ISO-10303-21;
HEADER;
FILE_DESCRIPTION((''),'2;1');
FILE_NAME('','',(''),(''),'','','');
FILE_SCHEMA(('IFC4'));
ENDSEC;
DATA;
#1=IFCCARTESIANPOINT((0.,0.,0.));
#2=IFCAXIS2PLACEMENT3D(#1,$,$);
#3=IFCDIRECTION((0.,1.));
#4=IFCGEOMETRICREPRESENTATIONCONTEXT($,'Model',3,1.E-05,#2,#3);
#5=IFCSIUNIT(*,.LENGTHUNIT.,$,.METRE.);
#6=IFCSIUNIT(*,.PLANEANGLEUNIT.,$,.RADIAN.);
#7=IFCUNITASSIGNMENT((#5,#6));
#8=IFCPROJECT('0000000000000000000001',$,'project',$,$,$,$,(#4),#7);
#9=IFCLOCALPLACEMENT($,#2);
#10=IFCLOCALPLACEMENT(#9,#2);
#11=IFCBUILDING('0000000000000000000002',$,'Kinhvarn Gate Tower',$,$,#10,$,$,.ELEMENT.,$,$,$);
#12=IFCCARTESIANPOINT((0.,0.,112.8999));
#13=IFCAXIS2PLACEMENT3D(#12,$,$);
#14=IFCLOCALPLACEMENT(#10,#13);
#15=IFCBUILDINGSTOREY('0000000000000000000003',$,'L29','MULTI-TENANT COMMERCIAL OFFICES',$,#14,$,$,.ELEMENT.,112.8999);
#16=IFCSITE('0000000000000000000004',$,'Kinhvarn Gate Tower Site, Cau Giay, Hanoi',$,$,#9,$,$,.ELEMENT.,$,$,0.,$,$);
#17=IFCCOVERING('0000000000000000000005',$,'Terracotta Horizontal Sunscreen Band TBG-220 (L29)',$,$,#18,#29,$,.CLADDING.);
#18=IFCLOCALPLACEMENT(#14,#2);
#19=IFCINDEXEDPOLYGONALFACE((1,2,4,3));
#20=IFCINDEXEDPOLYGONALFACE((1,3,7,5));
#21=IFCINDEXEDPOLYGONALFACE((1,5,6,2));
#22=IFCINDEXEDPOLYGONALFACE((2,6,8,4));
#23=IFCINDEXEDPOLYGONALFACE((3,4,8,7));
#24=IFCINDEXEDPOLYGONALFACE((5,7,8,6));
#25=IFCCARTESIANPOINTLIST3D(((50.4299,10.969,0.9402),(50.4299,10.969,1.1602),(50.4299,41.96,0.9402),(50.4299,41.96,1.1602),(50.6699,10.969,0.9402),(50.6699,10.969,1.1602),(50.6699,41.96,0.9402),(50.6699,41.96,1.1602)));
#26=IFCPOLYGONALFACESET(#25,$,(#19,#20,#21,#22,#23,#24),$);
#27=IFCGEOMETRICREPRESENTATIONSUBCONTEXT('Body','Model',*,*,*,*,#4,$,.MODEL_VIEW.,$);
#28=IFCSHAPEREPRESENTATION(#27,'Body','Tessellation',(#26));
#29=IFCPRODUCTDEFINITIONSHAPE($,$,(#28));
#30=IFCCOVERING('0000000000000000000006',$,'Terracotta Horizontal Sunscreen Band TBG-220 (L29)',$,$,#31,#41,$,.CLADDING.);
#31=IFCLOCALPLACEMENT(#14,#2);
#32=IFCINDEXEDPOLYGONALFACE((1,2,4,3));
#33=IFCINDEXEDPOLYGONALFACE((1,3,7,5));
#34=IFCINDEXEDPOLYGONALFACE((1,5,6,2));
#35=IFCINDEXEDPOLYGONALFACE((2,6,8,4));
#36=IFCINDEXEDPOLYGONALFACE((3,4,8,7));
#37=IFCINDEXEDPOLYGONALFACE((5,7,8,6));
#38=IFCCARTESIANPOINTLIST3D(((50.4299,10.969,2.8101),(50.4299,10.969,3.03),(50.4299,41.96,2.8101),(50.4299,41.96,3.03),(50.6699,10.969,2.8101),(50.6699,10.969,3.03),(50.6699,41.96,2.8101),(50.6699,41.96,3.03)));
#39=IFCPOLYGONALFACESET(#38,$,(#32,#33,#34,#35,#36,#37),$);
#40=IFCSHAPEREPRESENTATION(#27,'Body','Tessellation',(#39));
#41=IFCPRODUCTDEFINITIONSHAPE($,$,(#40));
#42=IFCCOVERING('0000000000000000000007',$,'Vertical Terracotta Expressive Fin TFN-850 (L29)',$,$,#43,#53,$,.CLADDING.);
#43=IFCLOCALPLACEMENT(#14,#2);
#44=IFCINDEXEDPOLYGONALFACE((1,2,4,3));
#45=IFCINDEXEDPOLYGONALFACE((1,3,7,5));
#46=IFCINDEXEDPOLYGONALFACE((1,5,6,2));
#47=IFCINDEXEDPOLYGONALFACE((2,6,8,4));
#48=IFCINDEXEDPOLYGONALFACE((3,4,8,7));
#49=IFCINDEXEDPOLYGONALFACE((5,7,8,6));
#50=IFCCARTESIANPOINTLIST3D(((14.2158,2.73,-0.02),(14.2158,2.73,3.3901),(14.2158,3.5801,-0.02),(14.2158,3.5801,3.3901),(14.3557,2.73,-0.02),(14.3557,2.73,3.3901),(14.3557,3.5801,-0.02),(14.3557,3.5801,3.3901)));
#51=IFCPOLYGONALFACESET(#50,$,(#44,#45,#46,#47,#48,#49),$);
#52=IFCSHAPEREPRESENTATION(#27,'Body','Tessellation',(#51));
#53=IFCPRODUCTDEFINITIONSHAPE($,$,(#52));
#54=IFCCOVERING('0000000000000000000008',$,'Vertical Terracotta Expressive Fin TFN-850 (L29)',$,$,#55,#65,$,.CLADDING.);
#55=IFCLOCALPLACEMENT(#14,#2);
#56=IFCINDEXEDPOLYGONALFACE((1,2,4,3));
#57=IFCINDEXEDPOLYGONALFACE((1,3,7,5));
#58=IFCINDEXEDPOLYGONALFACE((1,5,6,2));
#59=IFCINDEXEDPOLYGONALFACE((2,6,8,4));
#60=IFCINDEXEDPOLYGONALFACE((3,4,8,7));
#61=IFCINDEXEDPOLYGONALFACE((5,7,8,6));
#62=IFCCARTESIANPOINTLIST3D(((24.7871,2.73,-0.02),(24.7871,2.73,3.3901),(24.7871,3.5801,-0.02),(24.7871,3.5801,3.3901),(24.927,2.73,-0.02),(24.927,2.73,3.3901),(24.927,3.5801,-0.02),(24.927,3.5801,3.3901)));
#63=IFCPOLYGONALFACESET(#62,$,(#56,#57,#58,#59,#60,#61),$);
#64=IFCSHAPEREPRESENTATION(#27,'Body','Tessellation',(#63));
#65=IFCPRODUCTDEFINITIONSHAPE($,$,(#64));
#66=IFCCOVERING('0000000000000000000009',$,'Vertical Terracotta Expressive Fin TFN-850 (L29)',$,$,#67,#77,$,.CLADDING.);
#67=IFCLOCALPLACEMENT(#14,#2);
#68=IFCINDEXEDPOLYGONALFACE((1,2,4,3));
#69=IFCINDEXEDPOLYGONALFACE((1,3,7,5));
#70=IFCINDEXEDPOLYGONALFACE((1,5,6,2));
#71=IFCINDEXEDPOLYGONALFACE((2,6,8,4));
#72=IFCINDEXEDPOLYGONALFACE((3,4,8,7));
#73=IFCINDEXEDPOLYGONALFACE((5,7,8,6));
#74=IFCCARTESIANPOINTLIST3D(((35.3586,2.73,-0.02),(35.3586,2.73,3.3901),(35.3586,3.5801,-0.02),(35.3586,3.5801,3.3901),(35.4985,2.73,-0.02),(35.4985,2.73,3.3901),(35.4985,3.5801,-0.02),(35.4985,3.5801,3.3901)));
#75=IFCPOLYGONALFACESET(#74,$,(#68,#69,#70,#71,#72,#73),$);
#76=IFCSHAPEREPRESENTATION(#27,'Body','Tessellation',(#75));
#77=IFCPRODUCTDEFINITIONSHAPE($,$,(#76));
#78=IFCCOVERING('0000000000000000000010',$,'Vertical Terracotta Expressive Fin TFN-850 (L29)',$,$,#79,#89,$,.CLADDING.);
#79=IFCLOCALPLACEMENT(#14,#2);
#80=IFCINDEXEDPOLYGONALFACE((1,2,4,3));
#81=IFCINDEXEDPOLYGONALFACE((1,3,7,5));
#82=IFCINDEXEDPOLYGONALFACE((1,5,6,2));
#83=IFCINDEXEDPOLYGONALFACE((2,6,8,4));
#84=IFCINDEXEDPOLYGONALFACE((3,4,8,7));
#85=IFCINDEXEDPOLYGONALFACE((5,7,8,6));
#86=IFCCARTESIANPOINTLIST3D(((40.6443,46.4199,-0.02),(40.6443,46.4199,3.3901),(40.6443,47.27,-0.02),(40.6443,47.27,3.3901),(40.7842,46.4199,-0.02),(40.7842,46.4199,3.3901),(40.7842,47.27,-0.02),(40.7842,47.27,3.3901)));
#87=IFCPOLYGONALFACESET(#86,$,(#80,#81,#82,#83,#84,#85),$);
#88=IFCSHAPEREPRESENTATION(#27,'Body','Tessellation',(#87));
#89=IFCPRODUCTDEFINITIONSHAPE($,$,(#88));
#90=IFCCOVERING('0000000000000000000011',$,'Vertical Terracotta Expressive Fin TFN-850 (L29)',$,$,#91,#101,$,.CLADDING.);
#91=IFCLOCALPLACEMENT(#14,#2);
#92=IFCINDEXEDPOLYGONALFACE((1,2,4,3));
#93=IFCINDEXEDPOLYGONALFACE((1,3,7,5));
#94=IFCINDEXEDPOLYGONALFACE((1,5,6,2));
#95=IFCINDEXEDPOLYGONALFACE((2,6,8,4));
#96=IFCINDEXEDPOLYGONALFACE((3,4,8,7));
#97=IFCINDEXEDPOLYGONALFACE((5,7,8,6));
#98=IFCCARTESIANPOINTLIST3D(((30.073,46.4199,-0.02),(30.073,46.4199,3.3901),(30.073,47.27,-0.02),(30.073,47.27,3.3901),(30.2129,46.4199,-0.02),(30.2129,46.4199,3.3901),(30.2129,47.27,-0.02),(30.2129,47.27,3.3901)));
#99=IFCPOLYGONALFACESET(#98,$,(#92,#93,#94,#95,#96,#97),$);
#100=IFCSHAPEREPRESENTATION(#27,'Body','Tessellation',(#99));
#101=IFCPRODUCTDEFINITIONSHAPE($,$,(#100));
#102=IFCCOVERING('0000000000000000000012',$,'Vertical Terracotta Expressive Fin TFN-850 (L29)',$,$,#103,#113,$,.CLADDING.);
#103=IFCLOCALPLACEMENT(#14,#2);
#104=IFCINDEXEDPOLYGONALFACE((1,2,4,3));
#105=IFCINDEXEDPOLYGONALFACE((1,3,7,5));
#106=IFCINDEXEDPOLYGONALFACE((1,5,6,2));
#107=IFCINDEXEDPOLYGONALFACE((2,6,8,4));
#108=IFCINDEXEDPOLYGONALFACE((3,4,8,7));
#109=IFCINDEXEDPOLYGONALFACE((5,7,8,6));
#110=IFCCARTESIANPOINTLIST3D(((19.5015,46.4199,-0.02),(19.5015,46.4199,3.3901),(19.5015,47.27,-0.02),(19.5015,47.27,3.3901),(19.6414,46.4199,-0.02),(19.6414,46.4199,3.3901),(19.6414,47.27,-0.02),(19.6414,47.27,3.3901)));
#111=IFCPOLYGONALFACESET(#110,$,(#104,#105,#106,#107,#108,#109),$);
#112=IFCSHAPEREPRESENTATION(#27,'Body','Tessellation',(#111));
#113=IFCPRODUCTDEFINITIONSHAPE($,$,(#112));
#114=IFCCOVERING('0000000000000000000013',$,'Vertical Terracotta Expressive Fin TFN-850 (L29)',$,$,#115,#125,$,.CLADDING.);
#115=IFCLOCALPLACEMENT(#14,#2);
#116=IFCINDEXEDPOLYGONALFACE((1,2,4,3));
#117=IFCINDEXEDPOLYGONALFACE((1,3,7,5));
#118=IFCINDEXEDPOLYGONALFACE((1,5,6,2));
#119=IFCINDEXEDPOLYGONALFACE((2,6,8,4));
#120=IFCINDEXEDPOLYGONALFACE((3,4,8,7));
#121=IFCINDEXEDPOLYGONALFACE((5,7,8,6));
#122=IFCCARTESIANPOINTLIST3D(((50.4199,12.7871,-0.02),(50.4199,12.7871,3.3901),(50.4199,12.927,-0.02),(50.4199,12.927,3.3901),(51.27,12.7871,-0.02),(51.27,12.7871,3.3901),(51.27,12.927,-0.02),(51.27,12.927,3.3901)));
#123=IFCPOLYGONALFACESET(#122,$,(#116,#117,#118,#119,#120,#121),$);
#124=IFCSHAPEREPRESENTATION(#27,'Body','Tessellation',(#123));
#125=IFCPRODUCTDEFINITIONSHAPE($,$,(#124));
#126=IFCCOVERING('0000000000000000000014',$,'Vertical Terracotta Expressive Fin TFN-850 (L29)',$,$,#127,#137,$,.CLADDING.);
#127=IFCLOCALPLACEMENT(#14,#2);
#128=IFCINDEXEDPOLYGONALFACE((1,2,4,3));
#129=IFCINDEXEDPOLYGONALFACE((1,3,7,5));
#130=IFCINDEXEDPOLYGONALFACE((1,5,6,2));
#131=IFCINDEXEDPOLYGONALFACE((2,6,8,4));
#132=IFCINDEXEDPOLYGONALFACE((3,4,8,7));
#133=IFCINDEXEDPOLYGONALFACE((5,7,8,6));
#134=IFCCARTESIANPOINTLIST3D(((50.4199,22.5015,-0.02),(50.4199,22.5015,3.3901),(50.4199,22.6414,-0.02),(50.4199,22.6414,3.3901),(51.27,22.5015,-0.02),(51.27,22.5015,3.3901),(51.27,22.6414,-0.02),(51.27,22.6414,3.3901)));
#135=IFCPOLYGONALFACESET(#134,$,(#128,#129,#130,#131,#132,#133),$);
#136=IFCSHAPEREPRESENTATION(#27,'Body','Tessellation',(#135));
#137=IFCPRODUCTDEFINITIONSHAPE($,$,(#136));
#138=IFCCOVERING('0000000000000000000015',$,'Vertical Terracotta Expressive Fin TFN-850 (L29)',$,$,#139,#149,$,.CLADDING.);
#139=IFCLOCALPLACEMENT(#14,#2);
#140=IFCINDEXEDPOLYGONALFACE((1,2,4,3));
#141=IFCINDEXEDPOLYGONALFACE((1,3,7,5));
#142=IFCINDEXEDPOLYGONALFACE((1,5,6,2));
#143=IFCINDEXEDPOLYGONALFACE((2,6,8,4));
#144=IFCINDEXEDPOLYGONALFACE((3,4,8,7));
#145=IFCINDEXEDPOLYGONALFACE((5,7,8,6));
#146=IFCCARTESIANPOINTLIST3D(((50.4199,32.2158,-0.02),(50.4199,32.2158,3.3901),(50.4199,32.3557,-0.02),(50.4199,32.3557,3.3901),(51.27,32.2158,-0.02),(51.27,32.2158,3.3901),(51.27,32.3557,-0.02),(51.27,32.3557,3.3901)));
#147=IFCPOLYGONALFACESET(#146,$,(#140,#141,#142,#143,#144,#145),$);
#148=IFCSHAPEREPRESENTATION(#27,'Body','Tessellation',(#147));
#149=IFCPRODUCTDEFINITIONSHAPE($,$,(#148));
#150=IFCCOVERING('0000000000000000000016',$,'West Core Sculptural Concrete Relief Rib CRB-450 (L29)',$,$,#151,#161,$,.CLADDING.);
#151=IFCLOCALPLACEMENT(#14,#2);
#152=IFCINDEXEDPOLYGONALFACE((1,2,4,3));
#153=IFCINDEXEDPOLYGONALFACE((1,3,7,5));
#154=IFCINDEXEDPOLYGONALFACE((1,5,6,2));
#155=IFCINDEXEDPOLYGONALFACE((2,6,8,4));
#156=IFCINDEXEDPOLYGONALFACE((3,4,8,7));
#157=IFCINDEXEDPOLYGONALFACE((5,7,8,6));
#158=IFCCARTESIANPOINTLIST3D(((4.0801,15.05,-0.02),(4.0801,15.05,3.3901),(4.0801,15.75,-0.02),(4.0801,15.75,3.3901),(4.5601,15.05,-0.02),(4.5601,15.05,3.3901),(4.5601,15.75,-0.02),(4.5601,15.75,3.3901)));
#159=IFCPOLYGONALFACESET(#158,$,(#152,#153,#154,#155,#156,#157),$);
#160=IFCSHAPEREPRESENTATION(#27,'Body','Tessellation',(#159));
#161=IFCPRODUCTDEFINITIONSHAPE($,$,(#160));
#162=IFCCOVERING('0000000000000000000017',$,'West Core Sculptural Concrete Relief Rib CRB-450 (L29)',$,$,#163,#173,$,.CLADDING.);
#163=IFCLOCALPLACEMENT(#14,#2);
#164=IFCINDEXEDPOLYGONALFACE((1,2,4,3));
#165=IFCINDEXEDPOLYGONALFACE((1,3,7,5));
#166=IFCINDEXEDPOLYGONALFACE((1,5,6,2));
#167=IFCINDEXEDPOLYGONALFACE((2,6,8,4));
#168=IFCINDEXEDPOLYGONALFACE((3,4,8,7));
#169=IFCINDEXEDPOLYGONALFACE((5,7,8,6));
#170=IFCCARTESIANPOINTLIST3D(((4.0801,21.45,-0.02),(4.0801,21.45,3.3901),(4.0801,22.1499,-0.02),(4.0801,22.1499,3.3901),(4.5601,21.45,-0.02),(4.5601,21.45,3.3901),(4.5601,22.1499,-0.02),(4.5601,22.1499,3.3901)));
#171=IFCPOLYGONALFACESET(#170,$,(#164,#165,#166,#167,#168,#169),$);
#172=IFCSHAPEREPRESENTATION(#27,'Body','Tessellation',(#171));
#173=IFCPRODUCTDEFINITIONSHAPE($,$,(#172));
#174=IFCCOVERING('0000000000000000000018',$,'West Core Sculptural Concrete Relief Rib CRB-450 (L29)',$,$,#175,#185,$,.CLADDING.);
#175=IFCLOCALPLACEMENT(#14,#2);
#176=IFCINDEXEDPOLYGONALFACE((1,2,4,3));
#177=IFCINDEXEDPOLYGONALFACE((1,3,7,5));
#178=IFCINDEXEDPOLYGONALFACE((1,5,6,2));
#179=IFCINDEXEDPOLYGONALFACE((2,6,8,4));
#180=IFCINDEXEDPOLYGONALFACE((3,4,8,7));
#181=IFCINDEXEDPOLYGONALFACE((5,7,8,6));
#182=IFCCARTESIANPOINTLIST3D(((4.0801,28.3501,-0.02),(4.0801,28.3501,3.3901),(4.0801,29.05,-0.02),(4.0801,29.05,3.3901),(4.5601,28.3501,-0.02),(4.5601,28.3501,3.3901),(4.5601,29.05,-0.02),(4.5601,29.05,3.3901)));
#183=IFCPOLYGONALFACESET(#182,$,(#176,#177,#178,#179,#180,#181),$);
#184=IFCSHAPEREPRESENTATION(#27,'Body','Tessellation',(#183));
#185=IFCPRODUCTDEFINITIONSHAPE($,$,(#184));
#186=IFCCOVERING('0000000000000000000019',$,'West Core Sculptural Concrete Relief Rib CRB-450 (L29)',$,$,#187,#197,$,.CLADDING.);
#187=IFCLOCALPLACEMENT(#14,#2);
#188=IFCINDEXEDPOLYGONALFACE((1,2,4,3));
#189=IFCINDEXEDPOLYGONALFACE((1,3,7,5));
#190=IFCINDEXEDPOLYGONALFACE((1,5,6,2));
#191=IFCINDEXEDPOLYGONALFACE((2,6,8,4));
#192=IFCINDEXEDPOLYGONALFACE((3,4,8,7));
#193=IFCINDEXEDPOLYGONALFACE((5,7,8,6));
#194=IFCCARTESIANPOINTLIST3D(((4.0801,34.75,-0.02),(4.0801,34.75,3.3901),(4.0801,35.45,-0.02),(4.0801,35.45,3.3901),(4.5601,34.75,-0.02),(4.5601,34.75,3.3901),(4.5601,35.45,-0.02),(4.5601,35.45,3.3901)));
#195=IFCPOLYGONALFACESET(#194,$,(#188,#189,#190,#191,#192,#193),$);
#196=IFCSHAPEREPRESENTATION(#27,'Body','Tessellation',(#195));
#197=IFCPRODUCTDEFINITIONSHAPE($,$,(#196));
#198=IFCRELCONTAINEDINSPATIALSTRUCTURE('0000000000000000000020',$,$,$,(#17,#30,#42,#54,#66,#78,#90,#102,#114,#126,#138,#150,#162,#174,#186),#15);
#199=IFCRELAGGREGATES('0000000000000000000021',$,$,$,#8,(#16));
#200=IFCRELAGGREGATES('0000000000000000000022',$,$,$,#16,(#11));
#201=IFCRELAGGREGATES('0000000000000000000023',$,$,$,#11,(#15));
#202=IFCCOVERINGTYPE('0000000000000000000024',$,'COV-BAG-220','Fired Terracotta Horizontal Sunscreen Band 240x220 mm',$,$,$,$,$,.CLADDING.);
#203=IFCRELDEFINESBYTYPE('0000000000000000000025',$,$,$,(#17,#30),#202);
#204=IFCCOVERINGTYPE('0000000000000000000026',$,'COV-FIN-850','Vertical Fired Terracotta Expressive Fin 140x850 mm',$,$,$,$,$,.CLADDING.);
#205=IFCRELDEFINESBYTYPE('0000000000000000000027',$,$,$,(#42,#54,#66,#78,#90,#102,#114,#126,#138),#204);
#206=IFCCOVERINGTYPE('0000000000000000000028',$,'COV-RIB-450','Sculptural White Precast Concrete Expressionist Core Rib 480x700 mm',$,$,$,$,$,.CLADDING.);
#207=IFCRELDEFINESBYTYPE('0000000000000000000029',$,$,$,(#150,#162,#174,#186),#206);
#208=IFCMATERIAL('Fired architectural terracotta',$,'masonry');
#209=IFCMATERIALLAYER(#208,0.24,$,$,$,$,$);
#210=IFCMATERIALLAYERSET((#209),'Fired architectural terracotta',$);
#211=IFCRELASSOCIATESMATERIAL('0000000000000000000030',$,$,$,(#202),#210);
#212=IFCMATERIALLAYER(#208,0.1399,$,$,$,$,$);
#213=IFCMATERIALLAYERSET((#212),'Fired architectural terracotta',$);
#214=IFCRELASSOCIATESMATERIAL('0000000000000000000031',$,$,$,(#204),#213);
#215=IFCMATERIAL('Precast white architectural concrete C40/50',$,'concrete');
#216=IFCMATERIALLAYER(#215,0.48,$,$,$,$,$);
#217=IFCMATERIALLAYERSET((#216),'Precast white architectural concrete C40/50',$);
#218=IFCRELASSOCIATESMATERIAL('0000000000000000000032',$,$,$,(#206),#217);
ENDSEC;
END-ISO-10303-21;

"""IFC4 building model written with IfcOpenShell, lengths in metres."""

from ifc_helpers import new_model, si_unit, direction, frame, origin, place, context, subcontext, project, spatial, polyline, outline, extrude, material, layer, layer_set, type_object, element, save


model = new_model("IFC4")

# Units and contexts
model_context = context("Model", 3, precision=1e-05, world=origin(), true_north=direction((0.0, 1.0)))
body_context = subcontext(model_context, "Body", "Model", "MODEL_VIEW")
ifc_project = project(units=[si_unit("LENGTHUNIT", "METRE"), si_unit("PLANEANGLEUNIT", "RADIAN")], contexts=[model_context])

# Site, building, storey
site_placement = place(None, origin())
site = spatial("IfcSite", under=ifc_project, at=site_placement, Name="Kinhvarn Gate Tower Site, Cau Giay, Hanoi", CompositionType="ELEMENT", RefElevation=0.0)
building_placement = place(site_placement, origin())
building = spatial("IfcBuilding", under=site, at=building_placement, Name="Kinhvarn Gate Tower", CompositionType="ELEMENT")
storey_placement = place(building_placement, frame((0.0, 0.0, 112.8999)))
storey = spatial("IfcBuildingStorey", under=building, at=storey_placement, Name="L29", Description="MULTI-TENANT COMMERCIAL OFFICES", CompositionType="ELEMENT", Elevation=112.8999)

# Shared definitions
ifc_material_1 = material(Name="Precast white architectural concrete C40/50", Category="concrete")

# Coverings
ifc_material_2 = material(Name="Fired architectural terracotta", Category="masonry")
ifc_layer_1 = layer(ifc_material_2, 0.24)
ifc_layer_set_1 = layer_set([ifc_layer_1], Name="Fired architectural terracotta")
covering_type_1 = type_object("IfcCoveringType", Name="COV-BAG-220", Description="Fired Terracotta Horizontal Sunscreen Band 240x220 mm", PredefinedType="CLADDING", material=ifc_layer_set_1)
for number, where, name in (
    (1, (0.0, 0.0, 0.9402), "Terracotta Horizontal Sunscreen Band TBG-220 (L29)"),
    (2, (0.0, 0.0, 2.8101), "Terracotta Horizontal Sunscreen Band TBG-220 (L29)"),
):
    element("IfcCovering", number, at=place(storey_placement, frame(where)), inside=storey, type_object=covering_type_1, Name=name, PredefinedType="CLADDING", context=body_context, shape_type="SweptSolid", body=[
        extrude(outline(polyline([(50.4299, 10.969), (50.4299, 41.96), (50.6699, 41.96), (50.6699, 10.969), (50.4299, 10.969)])), origin(), (0.0, 0.0, 1.0), 0.22),
    ])
ifc_layer_2 = layer(ifc_material_2, 0.1399)
ifc_layer_set_2 = layer_set([ifc_layer_2], Name="Fired architectural terracotta")
covering_type_2 = type_object("IfcCoveringType", Name="COV-FIN-850", Description="Vertical Fired Terracotta Expressive Fin 140x850 mm", PredefinedType="CLADDING", material=ifc_layer_set_2)
covering_1_placement = place(storey_placement, frame((0.0, 0.0, -0.02)))
element("IfcCovering", 3, at=covering_1_placement, inside=storey, type_object=covering_type_2, Name="Vertical Terracotta Expressive Fin TFN-850 (L29)", PredefinedType="CLADDING", context=body_context, shape_type="SweptSolid", body=[
    extrude(outline(polyline([(14.2158, 3.5801), (14.3557, 3.5801), (14.3557, 2.73), (14.2158, 2.73), (14.2158, 3.5801)])), origin(), (0.0, 0.0, 1.0), 3.4102),
])
covering_2_placement = place(storey_placement, frame((0.0, 0.0, -0.02)))
element("IfcCovering", 4, at=covering_2_placement, inside=storey, type_object=covering_type_2, Name="Vertical Terracotta Expressive Fin TFN-850 (L29)", PredefinedType="CLADDING", context=body_context, shape_type="SweptSolid", body=[
    extrude(outline(polyline([(24.7871, 3.5801), (24.927, 3.5801), (24.927, 2.73), (24.7871, 2.73), (24.7871, 3.5801)])), origin(), (0.0, 0.0, 1.0), 3.4102),
])
covering_3_placement = place(storey_placement, frame((0.0, 0.0, -0.02)))
element("IfcCovering", 5, at=covering_3_placement, inside=storey, type_object=covering_type_2, Name="Vertical Terracotta Expressive Fin TFN-850 (L29)", PredefinedType="CLADDING", context=body_context, shape_type="SweptSolid", body=[
    extrude(outline(polyline([(35.3586, 3.5801), (35.4985, 3.5801), (35.4985, 2.73), (35.3586, 2.73), (35.3586, 3.5801)])), origin(), (0.0, 0.0, 1.0), 3.4102),
])
covering_4_placement = place(storey_placement, frame((0.0, 0.0, -0.02)))
element("IfcCovering", 6, at=covering_4_placement, inside=storey, type_object=covering_type_2, Name="Vertical Terracotta Expressive Fin TFN-850 (L29)", PredefinedType="CLADDING", context=body_context, shape_type="SweptSolid", body=[
    extrude(outline(polyline([(40.7842, 46.4199), (40.6443, 46.4199), (40.6443, 47.27), (40.7842, 47.27), (40.7842, 46.4199)])), origin(), (0.0, 0.0, 1.0), 3.4102),
])
covering_5_placement = place(storey_placement, frame((0.0, 0.0, -0.02)))
element("IfcCovering", 7, at=covering_5_placement, inside=storey, type_object=covering_type_2, Name="Vertical Terracotta Expressive Fin TFN-850 (L29)", PredefinedType="CLADDING", context=body_context, shape_type="SweptSolid", body=[
    extrude(outline(polyline([(30.2129, 46.4199), (30.073, 46.4199), (30.073, 47.27), (30.2129, 47.27), (30.2129, 46.4199)])), origin(), (0.0, 0.0, 1.0), 3.4102),
])
covering_6_placement = place(storey_placement, frame((0.0, 0.0, -0.02)))
element("IfcCovering", 8, at=covering_6_placement, inside=storey, type_object=covering_type_2, Name="Vertical Terracotta Expressive Fin TFN-850 (L29)", PredefinedType="CLADDING", context=body_context, shape_type="SweptSolid", body=[
    extrude(outline(polyline([(19.6414, 46.4199), (19.5015, 46.4199), (19.5015, 47.27), (19.6414, 47.27), (19.6414, 46.4199)])), origin(), (0.0, 0.0, 1.0), 3.4102),
])
covering_7_placement = place(storey_placement, frame((0.0, 0.0, -0.02)))
element("IfcCovering", 9, at=covering_7_placement, inside=storey, type_object=covering_type_2, Name="Vertical Terracotta Expressive Fin TFN-850 (L29)", PredefinedType="CLADDING", context=body_context, shape_type="SweptSolid", body=[
    extrude(outline(polyline([(50.4199, 12.7871), (50.4199, 12.927), (51.27, 12.927), (51.27, 12.7871), (50.4199, 12.7871)])), origin(), (0.0, 0.0, 1.0), 3.4102),
])
covering_8_placement = place(storey_placement, frame((0.0, 0.0, -0.02)))
element("IfcCovering", 10, at=covering_8_placement, inside=storey, type_object=covering_type_2, Name="Vertical Terracotta Expressive Fin TFN-850 (L29)", PredefinedType="CLADDING", context=body_context, shape_type="SweptSolid", body=[
    extrude(outline(polyline([(50.4199, 22.5015), (50.4199, 22.6414), (51.27, 22.6414), (51.27, 22.5015), (50.4199, 22.5015)])), origin(), (0.0, 0.0, 1.0), 3.4102),
])
covering_9_placement = place(storey_placement, frame((0.0, 0.0, -0.02)))
element("IfcCovering", 11, at=covering_9_placement, inside=storey, type_object=covering_type_2, Name="Vertical Terracotta Expressive Fin TFN-850 (L29)", PredefinedType="CLADDING", context=body_context, shape_type="SweptSolid", body=[
    extrude(outline(polyline([(50.4199, 32.2158), (50.4199, 32.3557), (51.27, 32.3557), (51.27, 32.2158), (50.4199, 32.2158)])), origin(), (0.0, 0.0, 1.0), 3.4102),
])
ifc_layer_3 = layer(ifc_material_1, 0.48)
ifc_layer_set_3 = layer_set([ifc_layer_3], Name="Precast white architectural concrete C40/50")
covering_type_3 = type_object("IfcCoveringType", Name="COV-RIB-450", Description="Sculptural White Precast Concrete Expressionist Core Rib 480x700 mm", PredefinedType="CLADDING", material=ifc_layer_set_3)
covering_10_placement = place(storey_placement, frame((0.0, 0.0, -0.02)))
element("IfcCovering", 12, at=covering_10_placement, inside=storey, type_object=covering_type_3, Name="West Core Sculptural Concrete Relief Rib CRB-450 (L29)", PredefinedType="CLADDING", context=body_context, shape_type="SweptSolid", body=[
    extrude(outline(polyline([(4.0801, 15.05), (4.5601, 15.05), (4.5601, 15.75), (4.0801, 15.75), (4.0801, 15.05)])), origin(), (0.0, 0.0, 1.0), 3.4102),
])
covering_11_placement = place(storey_placement, frame((0.0, 0.0, -0.02)))
element("IfcCovering", 13, at=covering_11_placement, inside=storey, type_object=covering_type_3, Name="West Core Sculptural Concrete Relief Rib CRB-450 (L29)", PredefinedType="CLADDING", context=body_context, shape_type="SweptSolid", body=[
    extrude(outline(polyline([(4.0801, 21.45), (4.5601, 21.45), (4.5601, 22.1499), (4.0801, 22.1499), (4.0801, 21.45)])), origin(), (0.0, 0.0, 1.0), 3.4102),
])
covering_12_placement = place(storey_placement, frame((0.0, 0.0, -0.02)))
element("IfcCovering", 14, at=covering_12_placement, inside=storey, type_object=covering_type_3, Name="West Core Sculptural Concrete Relief Rib CRB-450 (L29)", PredefinedType="CLADDING", context=body_context, shape_type="SweptSolid", body=[
    extrude(outline(polyline([(4.0801, 28.3501), (4.5601, 28.3501), (4.5601, 29.05), (4.0801, 29.05), (4.0801, 28.3501)])), origin(), (0.0, 0.0, 1.0), 3.4102),
])
covering_13_placement = place(storey_placement, frame((0.0, 0.0, -0.02)))
element("IfcCovering", 15, at=covering_13_placement, inside=storey, type_object=covering_type_3, Name="West Core Sculptural Concrete Relief Rib CRB-450 (L29)", PredefinedType="CLADDING", context=body_context, shape_type="SweptSolid", body=[
    extrude(outline(polyline([(4.0801, 34.75), (4.5601, 34.75), (4.5601, 35.45), (4.0801, 35.45), (4.0801, 34.75)])), origin(), (0.0, 0.0, 1.0), 3.4102),
])

save(model, "model.ifc")
